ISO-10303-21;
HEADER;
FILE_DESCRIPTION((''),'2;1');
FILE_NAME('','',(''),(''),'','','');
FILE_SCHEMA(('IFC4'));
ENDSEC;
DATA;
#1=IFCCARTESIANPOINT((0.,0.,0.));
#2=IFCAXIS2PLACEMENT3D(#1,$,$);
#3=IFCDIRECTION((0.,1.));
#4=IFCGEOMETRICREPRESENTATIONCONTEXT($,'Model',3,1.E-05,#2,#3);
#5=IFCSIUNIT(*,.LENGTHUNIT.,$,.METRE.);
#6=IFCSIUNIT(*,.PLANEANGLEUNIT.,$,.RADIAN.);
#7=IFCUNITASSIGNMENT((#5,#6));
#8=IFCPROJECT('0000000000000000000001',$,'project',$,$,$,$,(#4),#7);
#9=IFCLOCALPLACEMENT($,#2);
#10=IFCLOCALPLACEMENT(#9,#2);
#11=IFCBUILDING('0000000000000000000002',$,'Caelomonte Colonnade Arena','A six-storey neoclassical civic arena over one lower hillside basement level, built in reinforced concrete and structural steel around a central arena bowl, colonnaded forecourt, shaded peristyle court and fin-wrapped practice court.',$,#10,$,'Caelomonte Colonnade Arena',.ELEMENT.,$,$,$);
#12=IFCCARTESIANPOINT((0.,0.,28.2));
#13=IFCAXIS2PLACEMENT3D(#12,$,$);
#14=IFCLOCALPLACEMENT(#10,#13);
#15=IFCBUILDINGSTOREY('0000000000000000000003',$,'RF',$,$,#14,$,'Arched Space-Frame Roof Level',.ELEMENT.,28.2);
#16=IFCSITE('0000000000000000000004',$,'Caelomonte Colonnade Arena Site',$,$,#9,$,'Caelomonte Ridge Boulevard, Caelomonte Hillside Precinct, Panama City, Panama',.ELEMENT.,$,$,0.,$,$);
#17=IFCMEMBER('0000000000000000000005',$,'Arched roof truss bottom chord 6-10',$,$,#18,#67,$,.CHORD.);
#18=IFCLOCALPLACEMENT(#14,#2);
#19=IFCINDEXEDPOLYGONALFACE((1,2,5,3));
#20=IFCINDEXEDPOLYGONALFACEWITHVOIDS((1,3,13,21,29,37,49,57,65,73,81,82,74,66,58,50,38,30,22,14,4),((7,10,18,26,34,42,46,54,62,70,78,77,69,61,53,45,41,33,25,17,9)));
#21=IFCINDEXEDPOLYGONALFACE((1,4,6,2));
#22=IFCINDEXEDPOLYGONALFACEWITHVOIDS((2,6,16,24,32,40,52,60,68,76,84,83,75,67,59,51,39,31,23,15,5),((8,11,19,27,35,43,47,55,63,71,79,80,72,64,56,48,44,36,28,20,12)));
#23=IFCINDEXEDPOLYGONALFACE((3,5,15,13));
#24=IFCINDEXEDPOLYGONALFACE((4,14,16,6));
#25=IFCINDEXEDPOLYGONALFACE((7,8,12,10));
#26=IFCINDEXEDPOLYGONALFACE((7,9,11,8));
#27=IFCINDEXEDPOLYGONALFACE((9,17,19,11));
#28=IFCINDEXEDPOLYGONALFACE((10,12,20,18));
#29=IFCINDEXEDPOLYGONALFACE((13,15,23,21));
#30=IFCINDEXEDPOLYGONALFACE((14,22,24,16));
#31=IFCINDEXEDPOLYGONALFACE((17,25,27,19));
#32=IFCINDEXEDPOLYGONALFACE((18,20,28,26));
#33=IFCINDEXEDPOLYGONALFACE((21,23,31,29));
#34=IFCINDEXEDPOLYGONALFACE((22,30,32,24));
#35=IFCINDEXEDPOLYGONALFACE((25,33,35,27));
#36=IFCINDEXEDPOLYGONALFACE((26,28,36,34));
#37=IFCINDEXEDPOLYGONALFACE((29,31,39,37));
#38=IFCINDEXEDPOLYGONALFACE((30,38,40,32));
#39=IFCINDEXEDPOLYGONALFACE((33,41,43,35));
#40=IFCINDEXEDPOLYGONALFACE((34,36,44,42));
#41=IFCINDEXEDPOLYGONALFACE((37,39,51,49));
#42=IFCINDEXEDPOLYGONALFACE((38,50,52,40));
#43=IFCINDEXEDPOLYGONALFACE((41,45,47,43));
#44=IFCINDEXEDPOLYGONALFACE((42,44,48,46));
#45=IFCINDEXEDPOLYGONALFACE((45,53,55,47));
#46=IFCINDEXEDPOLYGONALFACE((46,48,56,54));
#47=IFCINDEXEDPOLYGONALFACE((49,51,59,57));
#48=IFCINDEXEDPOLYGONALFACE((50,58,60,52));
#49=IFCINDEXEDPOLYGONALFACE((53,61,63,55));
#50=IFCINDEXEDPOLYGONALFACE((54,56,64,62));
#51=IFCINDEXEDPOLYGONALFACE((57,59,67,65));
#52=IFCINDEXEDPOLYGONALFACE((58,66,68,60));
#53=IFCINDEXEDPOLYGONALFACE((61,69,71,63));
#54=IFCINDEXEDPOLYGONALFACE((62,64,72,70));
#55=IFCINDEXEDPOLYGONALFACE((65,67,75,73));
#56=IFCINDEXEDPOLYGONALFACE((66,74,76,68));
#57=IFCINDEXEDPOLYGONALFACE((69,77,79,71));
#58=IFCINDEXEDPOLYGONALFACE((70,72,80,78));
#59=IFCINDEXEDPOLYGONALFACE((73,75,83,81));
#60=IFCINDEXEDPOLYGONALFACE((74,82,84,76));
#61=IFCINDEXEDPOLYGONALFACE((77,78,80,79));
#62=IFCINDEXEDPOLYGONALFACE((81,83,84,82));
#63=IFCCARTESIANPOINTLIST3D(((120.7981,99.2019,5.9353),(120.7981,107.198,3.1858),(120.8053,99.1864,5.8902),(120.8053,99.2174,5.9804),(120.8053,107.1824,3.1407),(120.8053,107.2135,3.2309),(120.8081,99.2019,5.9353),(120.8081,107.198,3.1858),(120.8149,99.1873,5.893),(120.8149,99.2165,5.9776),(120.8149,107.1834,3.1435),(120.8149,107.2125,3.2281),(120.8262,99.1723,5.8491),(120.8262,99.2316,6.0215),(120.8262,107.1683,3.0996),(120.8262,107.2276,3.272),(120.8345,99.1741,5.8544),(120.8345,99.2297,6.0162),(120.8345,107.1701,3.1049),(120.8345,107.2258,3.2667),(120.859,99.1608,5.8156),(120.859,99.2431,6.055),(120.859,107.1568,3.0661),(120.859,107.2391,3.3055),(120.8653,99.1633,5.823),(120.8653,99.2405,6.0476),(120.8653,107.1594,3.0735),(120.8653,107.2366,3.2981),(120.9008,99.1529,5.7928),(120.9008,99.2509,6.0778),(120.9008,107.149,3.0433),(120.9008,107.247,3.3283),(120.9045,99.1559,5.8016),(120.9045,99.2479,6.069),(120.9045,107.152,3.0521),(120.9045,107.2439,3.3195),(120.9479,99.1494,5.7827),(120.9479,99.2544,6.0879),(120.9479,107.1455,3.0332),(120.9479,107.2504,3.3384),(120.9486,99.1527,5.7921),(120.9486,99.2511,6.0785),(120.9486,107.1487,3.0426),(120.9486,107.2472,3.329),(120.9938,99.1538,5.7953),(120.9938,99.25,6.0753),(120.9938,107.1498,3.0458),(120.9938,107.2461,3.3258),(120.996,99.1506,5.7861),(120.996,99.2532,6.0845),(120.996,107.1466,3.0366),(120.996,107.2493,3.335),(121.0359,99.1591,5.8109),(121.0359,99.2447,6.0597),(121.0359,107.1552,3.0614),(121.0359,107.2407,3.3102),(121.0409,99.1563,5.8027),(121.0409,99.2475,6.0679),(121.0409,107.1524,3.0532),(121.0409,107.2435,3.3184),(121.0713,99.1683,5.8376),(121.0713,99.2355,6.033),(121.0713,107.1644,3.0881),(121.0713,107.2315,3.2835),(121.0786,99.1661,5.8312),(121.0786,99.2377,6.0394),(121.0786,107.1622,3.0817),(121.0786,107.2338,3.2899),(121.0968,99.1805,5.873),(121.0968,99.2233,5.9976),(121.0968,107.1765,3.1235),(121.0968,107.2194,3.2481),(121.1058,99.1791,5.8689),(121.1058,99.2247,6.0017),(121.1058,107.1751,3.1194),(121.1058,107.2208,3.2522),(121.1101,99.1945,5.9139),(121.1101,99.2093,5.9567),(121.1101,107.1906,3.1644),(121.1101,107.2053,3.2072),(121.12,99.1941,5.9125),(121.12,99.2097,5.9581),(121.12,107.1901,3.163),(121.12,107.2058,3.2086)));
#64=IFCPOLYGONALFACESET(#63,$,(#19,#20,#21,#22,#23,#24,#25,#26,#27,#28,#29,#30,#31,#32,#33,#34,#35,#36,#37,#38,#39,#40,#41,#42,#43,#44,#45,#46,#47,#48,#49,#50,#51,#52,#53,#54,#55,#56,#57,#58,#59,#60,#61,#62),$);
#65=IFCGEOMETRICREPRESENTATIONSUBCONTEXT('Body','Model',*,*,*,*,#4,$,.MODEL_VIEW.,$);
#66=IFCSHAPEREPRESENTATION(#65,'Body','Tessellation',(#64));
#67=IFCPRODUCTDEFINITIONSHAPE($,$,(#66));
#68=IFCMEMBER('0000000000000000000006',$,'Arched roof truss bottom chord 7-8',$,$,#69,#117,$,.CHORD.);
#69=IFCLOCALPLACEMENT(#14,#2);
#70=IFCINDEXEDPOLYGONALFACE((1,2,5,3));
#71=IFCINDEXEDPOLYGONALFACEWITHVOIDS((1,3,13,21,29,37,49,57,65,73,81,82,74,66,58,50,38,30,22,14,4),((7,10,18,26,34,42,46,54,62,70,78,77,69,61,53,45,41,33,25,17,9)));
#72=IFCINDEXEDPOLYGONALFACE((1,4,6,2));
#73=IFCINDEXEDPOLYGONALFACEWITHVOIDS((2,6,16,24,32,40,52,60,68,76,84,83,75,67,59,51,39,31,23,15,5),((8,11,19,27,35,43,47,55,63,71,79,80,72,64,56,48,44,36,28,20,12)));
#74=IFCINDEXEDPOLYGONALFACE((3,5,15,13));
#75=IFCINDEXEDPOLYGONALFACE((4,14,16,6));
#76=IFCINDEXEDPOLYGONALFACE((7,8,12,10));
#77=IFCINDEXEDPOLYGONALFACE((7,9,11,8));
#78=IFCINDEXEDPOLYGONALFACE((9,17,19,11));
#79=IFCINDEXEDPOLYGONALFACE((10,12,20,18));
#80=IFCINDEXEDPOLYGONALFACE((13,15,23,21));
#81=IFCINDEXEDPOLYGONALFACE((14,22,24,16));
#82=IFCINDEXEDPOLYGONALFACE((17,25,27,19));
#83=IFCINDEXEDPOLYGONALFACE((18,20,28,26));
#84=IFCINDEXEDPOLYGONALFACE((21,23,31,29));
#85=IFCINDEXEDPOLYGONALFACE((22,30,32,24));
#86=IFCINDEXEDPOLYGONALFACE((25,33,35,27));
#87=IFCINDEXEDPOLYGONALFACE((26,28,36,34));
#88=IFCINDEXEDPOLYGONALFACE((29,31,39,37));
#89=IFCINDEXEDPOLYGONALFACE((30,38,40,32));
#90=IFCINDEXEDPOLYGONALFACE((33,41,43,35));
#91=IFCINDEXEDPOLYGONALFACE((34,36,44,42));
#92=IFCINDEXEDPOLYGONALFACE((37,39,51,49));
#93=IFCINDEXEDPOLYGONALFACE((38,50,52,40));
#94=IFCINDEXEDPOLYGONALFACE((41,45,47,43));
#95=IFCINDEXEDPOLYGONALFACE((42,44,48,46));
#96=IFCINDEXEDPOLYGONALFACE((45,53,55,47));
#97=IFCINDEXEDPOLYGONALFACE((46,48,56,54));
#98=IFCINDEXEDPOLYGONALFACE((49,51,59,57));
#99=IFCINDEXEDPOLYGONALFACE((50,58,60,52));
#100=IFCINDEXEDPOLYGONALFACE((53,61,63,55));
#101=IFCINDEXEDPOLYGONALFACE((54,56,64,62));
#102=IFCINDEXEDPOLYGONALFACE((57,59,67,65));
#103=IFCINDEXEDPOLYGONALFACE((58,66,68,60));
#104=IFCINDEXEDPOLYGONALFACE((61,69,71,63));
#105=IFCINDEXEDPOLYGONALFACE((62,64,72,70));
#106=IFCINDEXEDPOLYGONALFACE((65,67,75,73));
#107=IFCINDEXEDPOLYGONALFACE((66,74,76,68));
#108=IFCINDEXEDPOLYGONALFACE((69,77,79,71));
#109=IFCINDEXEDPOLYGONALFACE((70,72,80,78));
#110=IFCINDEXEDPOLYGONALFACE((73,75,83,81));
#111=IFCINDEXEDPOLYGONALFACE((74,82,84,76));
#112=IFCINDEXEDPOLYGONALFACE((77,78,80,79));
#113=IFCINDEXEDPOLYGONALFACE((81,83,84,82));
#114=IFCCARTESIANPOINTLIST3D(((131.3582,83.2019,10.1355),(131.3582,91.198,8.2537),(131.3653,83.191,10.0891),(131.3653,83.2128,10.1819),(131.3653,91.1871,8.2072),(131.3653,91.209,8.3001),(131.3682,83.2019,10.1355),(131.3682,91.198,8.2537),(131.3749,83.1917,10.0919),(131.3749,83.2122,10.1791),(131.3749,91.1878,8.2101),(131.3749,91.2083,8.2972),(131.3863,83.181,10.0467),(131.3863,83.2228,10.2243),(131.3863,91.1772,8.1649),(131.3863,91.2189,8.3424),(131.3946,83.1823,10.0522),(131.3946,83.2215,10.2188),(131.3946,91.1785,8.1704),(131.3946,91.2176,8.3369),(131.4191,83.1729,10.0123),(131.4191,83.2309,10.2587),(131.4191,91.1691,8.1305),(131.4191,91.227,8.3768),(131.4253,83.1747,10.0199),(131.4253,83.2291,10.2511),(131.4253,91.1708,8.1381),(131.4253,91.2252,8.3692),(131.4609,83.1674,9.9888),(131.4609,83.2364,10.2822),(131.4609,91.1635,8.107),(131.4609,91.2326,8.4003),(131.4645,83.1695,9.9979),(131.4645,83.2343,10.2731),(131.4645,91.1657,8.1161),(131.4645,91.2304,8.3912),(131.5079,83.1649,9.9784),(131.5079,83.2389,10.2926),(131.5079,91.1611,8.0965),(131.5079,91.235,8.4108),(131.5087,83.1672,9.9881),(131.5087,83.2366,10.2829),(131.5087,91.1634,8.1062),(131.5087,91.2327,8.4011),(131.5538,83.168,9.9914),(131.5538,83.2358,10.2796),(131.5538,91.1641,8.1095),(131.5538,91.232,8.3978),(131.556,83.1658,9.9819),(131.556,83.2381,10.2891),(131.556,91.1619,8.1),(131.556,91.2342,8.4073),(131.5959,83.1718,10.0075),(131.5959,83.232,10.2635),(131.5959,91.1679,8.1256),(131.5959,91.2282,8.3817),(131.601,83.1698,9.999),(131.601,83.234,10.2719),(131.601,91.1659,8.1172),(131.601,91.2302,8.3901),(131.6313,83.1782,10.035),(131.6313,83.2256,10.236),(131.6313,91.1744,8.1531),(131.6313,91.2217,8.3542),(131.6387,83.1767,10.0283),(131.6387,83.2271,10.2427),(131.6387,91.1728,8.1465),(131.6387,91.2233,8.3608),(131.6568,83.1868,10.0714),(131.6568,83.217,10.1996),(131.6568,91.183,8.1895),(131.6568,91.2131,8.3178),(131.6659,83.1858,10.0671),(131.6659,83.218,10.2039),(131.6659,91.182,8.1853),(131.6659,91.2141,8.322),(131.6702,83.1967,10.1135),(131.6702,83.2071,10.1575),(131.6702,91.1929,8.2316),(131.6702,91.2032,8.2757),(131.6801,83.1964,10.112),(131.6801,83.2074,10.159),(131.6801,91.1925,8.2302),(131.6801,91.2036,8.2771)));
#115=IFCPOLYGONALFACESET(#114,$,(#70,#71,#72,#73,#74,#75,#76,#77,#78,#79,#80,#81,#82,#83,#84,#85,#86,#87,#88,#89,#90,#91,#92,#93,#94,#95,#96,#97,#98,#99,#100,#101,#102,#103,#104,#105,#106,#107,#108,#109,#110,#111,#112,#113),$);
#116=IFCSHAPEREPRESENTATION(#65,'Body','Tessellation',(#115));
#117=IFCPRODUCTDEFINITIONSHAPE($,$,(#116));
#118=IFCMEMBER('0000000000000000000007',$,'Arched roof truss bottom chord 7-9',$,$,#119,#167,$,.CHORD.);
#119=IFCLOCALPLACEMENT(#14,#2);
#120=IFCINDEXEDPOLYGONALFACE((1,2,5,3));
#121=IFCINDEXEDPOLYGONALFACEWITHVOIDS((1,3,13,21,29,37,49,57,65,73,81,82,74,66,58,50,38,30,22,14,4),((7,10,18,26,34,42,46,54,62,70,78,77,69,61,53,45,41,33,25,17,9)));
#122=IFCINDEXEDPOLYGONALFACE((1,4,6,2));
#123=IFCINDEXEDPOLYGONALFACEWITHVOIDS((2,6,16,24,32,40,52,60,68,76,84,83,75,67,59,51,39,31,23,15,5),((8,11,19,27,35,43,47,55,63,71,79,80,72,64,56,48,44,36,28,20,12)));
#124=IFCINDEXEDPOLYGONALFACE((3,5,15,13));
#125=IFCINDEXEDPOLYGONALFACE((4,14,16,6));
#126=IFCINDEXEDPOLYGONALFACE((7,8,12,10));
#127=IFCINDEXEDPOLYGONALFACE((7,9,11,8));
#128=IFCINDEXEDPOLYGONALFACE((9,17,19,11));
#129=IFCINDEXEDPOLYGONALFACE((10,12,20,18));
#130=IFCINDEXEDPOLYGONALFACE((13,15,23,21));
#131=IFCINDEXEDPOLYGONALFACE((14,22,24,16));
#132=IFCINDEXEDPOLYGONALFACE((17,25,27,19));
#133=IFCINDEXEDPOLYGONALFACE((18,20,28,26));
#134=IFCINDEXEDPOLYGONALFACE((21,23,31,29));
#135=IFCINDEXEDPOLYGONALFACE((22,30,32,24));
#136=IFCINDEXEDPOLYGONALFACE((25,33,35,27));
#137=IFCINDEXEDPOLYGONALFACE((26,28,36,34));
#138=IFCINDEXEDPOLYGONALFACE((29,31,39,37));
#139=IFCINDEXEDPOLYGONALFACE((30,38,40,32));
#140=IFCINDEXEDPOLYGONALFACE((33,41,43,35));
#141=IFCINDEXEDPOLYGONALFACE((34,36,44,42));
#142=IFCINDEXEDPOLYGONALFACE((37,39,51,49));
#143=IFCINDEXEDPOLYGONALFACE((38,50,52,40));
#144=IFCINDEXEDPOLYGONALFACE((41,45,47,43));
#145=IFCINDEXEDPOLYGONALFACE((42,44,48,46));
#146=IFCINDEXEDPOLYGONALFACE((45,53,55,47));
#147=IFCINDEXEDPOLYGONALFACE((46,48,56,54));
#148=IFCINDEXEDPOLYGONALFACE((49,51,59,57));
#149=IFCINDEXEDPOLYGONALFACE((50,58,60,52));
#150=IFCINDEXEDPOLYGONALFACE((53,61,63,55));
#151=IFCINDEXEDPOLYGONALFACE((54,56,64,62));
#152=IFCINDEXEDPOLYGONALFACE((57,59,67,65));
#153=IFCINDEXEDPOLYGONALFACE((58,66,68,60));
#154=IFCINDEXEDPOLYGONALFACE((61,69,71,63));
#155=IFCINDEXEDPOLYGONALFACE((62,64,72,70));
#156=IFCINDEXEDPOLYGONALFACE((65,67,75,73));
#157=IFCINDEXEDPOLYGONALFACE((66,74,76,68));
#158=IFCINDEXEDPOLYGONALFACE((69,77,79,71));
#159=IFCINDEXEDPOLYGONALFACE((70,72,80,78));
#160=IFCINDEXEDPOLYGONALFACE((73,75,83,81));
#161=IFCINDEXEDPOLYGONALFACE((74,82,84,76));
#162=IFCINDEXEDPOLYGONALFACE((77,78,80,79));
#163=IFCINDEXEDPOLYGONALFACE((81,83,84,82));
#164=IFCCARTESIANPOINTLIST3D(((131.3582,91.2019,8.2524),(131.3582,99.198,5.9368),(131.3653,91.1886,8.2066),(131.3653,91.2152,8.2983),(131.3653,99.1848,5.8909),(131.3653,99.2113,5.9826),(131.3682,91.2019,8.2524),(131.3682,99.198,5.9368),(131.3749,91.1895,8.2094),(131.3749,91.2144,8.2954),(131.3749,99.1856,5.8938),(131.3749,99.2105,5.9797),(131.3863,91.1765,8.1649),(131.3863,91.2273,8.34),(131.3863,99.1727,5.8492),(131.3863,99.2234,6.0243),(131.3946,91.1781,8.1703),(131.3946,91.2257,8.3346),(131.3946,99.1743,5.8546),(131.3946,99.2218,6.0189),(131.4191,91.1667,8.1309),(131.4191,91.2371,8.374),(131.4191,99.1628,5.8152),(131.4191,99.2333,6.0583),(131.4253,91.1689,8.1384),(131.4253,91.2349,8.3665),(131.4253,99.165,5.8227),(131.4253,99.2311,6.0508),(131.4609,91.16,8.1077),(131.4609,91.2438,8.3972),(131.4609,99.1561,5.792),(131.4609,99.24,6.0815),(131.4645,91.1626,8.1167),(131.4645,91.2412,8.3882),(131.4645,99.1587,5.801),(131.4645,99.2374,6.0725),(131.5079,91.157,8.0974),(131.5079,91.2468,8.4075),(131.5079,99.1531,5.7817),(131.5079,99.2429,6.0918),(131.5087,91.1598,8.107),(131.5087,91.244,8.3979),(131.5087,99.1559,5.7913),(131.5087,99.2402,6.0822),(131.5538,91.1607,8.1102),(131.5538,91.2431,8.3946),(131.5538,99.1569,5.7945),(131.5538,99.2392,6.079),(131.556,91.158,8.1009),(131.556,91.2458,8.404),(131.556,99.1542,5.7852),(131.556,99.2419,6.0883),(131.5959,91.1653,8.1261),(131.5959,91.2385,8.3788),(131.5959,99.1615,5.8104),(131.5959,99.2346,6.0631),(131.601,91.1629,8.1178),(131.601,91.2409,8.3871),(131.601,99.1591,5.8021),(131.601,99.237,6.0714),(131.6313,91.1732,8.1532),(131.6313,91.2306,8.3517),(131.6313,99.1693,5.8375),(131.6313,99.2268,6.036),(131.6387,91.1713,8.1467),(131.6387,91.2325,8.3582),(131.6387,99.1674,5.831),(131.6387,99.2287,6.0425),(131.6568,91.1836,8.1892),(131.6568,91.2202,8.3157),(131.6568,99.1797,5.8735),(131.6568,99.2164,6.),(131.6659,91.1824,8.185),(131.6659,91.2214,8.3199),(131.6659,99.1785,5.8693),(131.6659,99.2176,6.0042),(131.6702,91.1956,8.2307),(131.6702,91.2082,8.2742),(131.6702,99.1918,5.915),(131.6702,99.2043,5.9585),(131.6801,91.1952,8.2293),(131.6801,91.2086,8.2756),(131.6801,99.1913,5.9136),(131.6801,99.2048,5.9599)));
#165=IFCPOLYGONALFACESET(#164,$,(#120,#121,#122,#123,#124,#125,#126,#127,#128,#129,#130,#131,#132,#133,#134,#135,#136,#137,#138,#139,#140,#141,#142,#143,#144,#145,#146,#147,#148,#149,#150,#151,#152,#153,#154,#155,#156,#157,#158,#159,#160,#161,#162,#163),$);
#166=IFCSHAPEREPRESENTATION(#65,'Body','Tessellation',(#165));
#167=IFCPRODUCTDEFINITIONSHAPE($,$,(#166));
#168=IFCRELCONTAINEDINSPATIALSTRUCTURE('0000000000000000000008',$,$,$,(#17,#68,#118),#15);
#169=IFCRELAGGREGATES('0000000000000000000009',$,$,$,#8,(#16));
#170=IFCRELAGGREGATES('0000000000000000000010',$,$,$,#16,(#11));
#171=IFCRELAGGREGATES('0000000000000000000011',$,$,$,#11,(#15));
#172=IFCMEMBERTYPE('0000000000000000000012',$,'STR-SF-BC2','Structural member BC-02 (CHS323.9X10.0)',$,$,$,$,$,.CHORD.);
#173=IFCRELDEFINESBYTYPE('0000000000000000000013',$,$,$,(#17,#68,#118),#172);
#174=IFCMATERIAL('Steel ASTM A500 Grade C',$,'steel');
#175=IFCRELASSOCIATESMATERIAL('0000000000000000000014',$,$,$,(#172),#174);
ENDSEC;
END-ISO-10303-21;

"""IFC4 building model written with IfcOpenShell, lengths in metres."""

from ifc_helpers import new_model, si_unit, direction, frame, origin, origin_2d, place, context, subcontext, project, spatial, hollow_circle, extrude, material, material_profile, profile_set, type_object, element, save


model = new_model("IFC4")

# Units and contexts
model_context = context("Model", 3, precision=1e-05, world=origin(), true_north=direction((0.0, 1.0)))
body_context = subcontext(model_context, "Body", "Model", "MODEL_VIEW")
ifc_project = project(units=[si_unit("LENGTHUNIT", "METRE"), si_unit("PLANEANGLEUNIT", "RADIAN")], contexts=[model_context])

# Site, building, storey
site_placement = place(None, origin())
site = spatial("IfcSite", under=ifc_project, at=site_placement, Name="Caelomonte Colonnade Arena Site", LongName="Caelomonte Ridge Boulevard, Caelomonte Hillside Precinct, Panama City, Panama", CompositionType="ELEMENT", RefElevation=0.0)
building_placement = place(site_placement, origin())
building = spatial("IfcBuilding", under=site, at=building_placement, Name="Caelomonte Colonnade Arena", Description="A six-storey neoclassical civic arena over one lower hillside basement level, built in reinforced concrete and structural steel around a central arena bowl, colonnaded forecourt, shaded peristyle court and fin-wrapped practice court.", LongName="Caelomonte Colonnade Arena", CompositionType="ELEMENT")
storey_placement = place(building_placement, frame((0.0, 0.0, 28.2)))
storey = spatial("IfcBuildingStorey", under=building, at=storey_placement, Name="RF", LongName="Arched Space-Frame Roof Level", CompositionType="ELEMENT", Elevation=28.2)

# Members
ifc_material_1 = material(Name="Steel ASTM A500 Grade C", Category="steel")
ifc_material_profile_1 = material_profile(ifc_material_1, hollow_circle(Radius=0.1619, WallThickness=0.01, at=origin_2d()), Name="CHS323.9X10.0")
ifc_profile_set_1 = profile_set([ifc_material_profile_1], Name="Steel ASTM A500 Grade C")
member_type_1 = type_object("IfcMemberType", Name="STR-SF-BC2", Description="Structural member BC-02 (CHS323.9X10.0)", PredefinedType="CHORD", material=ifc_profile_set_1)
member_1_placement = place(storey_placement, frame((120.96, 99.2019, 5.9353), z_axis=(0.0, 0.945656, -0.32517), x_axis=(-1.0, 0.0, 0.0)))
element("IfcMember", 1, at=member_1_placement, inside=storey, type_object=member_type_1, Name="Arched roof truss bottom chord 6-10", PredefinedType="CHORD", context=body_context, shape_type="SweptSolid", body=[
    extrude(hollow_circle(Radius=0.1619, WallThickness=0.01, at=origin_2d()), origin(), (0.0, 0.0, 1.0), 8.4556),
])
member_2_placement = place(storey_placement, frame((131.52, 83.2019, 10.1355), z_axis=(0.0, 0.973406, -0.229086), x_axis=(-1.0, 0.0, 0.0)))
element("IfcMember", 2, at=member_2_placement, inside=storey, type_object=member_type_1, Name="Arched roof truss bottom chord 7-8", PredefinedType="CHORD", context=body_context, shape_type="SweptSolid", body=[
    extrude(hollow_circle(Radius=0.1619, WallThickness=0.01, at=origin_2d()), origin(), (0.0, 0.0, 1.0), 8.2146),
])
member_3_placement = place(storey_placement, frame((131.52, 91.2019, 8.2524), z_axis=(0.0, 0.960532, -0.278171), x_axis=(-1.0, 0.0, 0.0)))
element("IfcMember", 3, at=member_3_placement, inside=storey, type_object=member_type_1, Name="Arched roof truss bottom chord 7-9", PredefinedType="CHORD", context=body_context, shape_type="SweptSolid", body=[
    extrude(hollow_circle(Radius=0.1619, WallThickness=0.01, at=origin_2d()), origin(), (0.0, 0.0, 1.0), 8.3247),
])

save(model, "model.ifc")
